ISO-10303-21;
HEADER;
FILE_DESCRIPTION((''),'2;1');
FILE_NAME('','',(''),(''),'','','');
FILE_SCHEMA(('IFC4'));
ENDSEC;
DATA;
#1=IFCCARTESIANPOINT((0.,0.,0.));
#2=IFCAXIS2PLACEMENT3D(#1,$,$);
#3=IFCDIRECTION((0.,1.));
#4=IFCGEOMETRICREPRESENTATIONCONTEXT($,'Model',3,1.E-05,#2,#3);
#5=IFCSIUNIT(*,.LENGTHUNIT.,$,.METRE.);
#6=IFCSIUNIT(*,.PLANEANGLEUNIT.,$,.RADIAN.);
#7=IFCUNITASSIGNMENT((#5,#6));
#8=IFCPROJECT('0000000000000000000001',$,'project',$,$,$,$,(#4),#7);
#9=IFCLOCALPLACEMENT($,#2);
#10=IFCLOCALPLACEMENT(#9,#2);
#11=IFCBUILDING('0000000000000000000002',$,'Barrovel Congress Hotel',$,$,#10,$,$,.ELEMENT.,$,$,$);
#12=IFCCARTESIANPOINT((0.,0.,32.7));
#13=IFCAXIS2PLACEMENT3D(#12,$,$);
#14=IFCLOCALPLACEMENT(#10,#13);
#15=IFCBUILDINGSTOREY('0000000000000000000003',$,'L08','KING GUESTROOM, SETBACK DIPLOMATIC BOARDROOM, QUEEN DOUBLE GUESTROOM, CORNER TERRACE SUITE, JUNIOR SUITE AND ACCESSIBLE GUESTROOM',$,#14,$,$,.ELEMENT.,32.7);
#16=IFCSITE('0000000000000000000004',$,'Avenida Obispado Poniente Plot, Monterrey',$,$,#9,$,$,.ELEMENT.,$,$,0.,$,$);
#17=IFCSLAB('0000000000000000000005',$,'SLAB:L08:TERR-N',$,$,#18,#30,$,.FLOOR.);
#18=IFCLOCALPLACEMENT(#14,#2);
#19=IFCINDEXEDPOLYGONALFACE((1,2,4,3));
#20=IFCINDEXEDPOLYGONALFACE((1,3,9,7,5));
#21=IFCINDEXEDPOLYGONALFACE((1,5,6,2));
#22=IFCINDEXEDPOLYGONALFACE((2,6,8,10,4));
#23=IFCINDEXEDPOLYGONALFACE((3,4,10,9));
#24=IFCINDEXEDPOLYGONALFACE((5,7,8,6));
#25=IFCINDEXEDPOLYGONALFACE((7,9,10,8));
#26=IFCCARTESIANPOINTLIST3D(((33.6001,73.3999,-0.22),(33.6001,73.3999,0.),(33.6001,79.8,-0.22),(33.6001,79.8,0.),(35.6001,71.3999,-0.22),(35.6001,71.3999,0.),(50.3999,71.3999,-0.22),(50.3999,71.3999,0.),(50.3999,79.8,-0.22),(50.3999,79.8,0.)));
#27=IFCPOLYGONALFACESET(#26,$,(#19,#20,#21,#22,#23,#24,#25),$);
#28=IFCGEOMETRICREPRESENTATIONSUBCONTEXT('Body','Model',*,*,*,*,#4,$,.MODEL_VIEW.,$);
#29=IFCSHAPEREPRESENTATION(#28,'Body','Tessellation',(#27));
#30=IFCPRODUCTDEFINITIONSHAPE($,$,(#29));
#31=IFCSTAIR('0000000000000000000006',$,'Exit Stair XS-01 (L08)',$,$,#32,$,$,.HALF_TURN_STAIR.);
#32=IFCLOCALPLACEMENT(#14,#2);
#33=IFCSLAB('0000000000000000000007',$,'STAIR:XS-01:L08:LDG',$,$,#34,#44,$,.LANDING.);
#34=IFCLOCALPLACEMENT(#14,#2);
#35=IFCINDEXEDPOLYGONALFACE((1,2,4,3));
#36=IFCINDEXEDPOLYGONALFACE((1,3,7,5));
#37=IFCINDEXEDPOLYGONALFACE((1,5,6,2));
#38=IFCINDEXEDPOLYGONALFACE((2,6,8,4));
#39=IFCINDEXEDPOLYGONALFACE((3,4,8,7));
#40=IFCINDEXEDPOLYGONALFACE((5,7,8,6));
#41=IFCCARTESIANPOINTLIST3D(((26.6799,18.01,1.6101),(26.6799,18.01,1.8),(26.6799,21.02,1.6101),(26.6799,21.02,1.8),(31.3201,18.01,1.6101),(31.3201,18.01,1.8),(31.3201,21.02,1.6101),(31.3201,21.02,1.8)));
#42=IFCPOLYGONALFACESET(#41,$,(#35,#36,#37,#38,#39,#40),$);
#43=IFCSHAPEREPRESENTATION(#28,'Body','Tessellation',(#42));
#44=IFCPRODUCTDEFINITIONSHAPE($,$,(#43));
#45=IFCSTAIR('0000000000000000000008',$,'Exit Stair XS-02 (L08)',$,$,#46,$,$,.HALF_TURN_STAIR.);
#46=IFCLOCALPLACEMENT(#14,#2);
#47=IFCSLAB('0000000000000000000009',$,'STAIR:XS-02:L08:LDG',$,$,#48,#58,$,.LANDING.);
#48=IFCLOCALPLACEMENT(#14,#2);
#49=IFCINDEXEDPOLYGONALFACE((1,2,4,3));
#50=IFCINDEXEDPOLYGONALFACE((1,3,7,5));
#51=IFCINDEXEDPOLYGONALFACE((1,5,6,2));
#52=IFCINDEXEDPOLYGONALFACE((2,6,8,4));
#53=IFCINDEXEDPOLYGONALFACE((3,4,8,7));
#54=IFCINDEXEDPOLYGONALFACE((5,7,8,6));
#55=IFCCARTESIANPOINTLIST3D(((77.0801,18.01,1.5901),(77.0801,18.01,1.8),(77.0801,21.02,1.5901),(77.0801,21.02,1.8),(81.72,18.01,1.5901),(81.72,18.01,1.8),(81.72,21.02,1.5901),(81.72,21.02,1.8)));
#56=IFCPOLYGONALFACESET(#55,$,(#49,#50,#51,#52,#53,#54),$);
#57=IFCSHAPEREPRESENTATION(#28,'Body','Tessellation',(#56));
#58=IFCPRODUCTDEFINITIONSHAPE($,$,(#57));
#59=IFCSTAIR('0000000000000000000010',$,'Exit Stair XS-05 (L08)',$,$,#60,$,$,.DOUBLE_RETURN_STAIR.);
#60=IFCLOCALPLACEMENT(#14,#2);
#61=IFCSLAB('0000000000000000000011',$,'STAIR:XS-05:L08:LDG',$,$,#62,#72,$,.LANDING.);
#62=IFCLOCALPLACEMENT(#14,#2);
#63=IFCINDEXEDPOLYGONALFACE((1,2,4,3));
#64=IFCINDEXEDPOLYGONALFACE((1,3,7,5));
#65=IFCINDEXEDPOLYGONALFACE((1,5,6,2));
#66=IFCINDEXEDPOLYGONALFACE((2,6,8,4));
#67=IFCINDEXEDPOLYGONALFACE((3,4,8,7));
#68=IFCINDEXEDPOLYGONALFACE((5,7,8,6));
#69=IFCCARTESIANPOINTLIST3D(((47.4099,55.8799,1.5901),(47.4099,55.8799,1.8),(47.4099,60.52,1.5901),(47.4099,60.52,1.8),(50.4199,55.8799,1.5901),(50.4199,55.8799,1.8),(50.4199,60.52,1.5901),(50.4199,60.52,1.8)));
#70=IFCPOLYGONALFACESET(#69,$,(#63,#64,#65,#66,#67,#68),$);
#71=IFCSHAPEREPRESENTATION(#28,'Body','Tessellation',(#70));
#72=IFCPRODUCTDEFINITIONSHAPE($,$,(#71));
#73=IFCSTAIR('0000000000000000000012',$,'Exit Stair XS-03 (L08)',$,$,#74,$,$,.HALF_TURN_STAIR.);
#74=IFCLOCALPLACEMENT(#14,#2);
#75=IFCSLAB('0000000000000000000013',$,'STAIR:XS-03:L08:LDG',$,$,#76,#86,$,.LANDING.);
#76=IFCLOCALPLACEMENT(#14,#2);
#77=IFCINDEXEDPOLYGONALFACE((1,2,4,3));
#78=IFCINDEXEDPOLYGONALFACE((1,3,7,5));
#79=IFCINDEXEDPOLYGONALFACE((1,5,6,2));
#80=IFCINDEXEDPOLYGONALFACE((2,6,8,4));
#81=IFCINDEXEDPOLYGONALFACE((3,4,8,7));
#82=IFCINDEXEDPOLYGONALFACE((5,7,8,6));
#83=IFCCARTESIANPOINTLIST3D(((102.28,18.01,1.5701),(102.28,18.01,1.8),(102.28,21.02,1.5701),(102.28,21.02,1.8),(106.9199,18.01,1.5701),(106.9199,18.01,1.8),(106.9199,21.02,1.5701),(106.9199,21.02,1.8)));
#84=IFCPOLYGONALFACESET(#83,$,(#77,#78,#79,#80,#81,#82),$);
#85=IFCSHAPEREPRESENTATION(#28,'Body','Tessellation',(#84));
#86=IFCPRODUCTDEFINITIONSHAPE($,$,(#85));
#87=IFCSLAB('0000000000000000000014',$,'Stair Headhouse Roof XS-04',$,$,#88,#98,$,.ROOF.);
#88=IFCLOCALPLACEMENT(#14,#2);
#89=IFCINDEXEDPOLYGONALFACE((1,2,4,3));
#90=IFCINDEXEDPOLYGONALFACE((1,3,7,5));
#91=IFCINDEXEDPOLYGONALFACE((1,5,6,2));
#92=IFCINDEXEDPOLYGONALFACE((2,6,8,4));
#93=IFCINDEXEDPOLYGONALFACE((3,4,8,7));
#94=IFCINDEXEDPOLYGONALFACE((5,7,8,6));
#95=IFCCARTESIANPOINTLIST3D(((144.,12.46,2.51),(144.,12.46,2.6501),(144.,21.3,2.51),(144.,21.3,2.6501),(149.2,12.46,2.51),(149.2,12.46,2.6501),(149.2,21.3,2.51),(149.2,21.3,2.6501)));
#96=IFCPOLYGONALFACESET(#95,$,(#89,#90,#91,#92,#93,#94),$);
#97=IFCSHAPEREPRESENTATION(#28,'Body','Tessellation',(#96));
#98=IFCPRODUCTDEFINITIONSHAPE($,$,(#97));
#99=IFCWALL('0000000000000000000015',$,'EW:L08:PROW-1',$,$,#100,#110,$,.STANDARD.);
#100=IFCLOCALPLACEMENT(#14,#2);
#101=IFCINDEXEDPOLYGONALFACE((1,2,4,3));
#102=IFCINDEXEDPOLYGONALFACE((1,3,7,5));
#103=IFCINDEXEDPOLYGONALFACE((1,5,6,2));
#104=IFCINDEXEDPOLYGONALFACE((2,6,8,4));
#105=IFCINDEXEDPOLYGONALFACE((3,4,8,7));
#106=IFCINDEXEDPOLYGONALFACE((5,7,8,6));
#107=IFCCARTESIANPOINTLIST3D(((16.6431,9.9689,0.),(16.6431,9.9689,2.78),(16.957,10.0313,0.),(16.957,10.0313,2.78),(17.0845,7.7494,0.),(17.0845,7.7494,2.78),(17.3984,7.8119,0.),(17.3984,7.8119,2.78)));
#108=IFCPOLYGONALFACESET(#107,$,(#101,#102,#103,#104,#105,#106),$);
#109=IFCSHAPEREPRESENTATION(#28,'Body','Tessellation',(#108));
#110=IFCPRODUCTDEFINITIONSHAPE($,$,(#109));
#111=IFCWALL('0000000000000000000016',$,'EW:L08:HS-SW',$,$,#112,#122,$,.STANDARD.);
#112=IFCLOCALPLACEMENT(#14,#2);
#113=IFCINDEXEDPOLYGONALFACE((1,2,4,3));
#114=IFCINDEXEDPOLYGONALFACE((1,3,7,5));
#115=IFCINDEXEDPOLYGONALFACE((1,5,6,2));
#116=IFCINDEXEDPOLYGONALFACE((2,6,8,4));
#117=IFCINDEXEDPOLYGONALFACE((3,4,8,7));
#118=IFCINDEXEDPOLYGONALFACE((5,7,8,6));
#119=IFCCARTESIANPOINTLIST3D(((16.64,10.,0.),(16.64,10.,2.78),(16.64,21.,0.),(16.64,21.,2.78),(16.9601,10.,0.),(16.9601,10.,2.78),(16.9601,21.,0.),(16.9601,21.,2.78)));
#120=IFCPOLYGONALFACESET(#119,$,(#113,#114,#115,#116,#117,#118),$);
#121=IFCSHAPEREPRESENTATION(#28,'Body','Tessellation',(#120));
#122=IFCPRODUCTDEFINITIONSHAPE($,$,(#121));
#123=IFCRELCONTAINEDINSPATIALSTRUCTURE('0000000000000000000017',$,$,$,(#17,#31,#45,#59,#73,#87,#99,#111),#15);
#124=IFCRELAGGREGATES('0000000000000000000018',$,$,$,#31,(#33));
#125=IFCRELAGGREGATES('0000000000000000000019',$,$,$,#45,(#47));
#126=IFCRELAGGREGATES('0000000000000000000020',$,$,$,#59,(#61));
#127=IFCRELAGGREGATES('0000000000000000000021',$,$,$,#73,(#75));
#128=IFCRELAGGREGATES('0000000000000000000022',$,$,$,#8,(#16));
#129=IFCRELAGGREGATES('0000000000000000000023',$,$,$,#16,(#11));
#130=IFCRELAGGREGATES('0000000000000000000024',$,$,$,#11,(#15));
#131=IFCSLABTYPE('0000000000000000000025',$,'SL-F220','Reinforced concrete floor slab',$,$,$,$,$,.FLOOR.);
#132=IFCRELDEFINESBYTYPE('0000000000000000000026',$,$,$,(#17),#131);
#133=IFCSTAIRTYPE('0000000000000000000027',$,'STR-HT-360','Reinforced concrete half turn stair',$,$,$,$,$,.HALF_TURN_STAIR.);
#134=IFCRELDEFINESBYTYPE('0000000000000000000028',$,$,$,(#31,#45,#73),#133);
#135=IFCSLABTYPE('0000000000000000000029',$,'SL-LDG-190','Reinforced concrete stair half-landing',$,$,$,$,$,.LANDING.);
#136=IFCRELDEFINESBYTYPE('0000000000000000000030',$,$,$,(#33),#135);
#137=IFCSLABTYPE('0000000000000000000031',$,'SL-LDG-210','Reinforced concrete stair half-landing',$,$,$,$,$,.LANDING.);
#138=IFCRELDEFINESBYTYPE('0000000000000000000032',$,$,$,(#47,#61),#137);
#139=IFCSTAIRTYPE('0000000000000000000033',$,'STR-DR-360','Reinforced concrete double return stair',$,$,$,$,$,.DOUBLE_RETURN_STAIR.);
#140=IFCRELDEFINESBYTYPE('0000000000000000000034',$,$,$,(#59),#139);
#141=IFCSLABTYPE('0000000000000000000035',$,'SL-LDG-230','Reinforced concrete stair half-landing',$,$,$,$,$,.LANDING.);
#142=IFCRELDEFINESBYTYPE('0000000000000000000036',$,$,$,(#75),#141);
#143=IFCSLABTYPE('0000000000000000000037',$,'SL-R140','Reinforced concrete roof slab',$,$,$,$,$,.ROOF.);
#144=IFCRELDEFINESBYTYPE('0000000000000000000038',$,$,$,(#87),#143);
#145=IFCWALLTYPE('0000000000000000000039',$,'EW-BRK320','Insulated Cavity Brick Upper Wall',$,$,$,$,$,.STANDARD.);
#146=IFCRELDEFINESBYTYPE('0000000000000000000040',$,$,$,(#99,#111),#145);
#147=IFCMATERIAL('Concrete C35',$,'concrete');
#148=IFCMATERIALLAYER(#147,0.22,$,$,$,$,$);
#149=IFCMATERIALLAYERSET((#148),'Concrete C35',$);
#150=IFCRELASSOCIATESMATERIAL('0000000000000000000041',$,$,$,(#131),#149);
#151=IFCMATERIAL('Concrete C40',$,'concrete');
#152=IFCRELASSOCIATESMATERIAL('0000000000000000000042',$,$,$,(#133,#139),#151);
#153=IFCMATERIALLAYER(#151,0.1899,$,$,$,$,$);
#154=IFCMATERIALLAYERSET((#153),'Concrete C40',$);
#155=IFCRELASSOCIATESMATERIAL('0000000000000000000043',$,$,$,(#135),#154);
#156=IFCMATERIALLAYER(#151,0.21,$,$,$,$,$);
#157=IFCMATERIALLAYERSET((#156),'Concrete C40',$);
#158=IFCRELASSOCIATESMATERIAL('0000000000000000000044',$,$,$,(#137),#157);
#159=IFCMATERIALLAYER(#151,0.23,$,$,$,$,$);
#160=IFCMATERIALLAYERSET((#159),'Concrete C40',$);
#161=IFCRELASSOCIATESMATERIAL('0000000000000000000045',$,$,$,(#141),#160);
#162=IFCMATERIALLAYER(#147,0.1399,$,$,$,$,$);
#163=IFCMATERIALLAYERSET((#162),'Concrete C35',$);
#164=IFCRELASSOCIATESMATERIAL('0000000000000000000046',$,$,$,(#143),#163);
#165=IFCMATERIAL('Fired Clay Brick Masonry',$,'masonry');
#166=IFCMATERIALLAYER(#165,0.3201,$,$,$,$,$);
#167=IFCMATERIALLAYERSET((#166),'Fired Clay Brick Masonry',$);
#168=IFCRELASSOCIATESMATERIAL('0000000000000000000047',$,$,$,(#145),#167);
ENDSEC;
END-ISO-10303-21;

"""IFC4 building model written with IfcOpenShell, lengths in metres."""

from ifc_helpers import new_model, si_unit, direction, frame, frame_2d, origin, place, context, subcontext, project, spatial, polyline, rectangle, outline, extrude, material, layer, layer_set, type_object, element, aggregate, save


model = new_model("IFC4")

# Units and contexts
model_context = context("Model", 3, precision=1e-05, world=origin(), true_north=direction((0.0, 1.0)))
body_context = subcontext(model_context, "Body", "Model", "MODEL_VIEW")
ifc_project = project(units=[si_unit("LENGTHUNIT", "METRE"), si_unit("PLANEANGLEUNIT", "RADIAN")], contexts=[model_context])

# Site, building, storey
site_placement = place(None, origin())
site = spatial("IfcSite", under=ifc_project, at=site_placement, Name="Avenida Obispado Poniente Plot, Monterrey", CompositionType="ELEMENT", RefElevation=0.0)
building_placement = place(site_placement, origin())
building = spatial("IfcBuilding", under=site, at=building_placement, Name="Barrovel Congress Hotel", CompositionType="ELEMENT")
storey_placement = place(building_placement, frame((0.0, 0.0, 32.7)))
storey = spatial("IfcBuildingStorey", under=building, at=storey_placement, Name="L08", Description="KING GUESTROOM, SETBACK DIPLOMATIC BOARDROOM, QUEEN DOUBLE GUESTROOM, CORNER TERRACE SUITE, JUNIOR SUITE AND ACCESSIBLE GUESTROOM", CompositionType="ELEMENT", Elevation=32.7)

# Shared definitions
ifc_material_1 = material(Name="Concrete C40", Category="concrete")

# Slab
ifc_material_2 = material(Name="Concrete C35", Category="concrete")
ifc_layer_1 = layer(ifc_material_2, 0.22)
ifc_layer_set_1 = layer_set([ifc_layer_1], Name="Concrete C35")
slab_type_1 = type_object("IfcSlabType", Name="SL-F220", Description="Reinforced concrete floor slab", PredefinedType="FLOOR", material=ifc_layer_set_1)
slab_1_placement = place(storey_placement, frame((0.0, 0.0, -0.22)))
element("IfcSlab", 1, at=slab_1_placement, inside=storey, type_object=slab_type_1, Name="SLAB:L08:TERR-N", PredefinedType="FLOOR", context=body_context, shape_type="SweptSolid", body=[
    extrude(outline(polyline([(35.6001, 71.3999), (50.3999, 71.3999), (50.3999, 79.8), (33.6001, 79.8), (33.6001, 73.3999), (35.6001, 71.3999)])), origin(), (0.0, 0.0, 1.0), 0.22),
])

# Stairs, slabs
stair_type_1 = type_object("IfcStairType", Name="STR-HT-360", Description="Reinforced concrete half turn stair", PredefinedType="HALF_TURN_STAIR", material=ifc_material_1)
stair_1_placement = place(storey_placement, origin())
stair_1 = element("IfcStair", 2, at=stair_1_placement, inside=storey, type_object=stair_type_1, Name="Exit Stair XS-01 (L08)", PredefinedType="HALF_TURN_STAIR")
ifc_layer_2 = layer(ifc_material_1, 0.1899)
ifc_layer_set_2 = layer_set([ifc_layer_2], Name="Concrete C40")
slab_type_2 = type_object("IfcSlabType", Name="SL-LDG-190", Description="Reinforced concrete stair half-landing", PredefinedType="LANDING", material=ifc_layer_set_2)
slab_2_placement = place(storey_placement, frame((0.0, 0.0, 1.6101)))
slab_2 = element("IfcSlab", 3, at=slab_2_placement, type_object=slab_type_2, Name="STAIR:XS-01:L08:LDG", PredefinedType="LANDING", context=body_context, shape_type="SweptSolid", body=[
    extrude(outline(polyline([(26.6799, 18.01), (31.3201, 18.01), (31.3201, 21.02), (26.6799, 21.02), (26.6799, 18.01)])), origin(), (0.0, 0.0, 1.0), 0.1899),
])
aggregate(stair_1, [slab_2])
stair_2_placement = place(storey_placement, origin())
stair_2 = element("IfcStair", 4, at=stair_2_placement, inside=storey, type_object=stair_type_1, Name="Exit Stair XS-02 (L08)", PredefinedType="HALF_TURN_STAIR")
ifc_layer_3 = layer(ifc_material_1, 0.21)
ifc_layer_set_3 = layer_set([ifc_layer_3], Name="Concrete C40")
slab_type_3 = type_object("IfcSlabType", Name="SL-LDG-210", Description="Reinforced concrete stair half-landing", PredefinedType="LANDING", material=ifc_layer_set_3)
slab_3_placement = place(storey_placement, frame((0.0, 0.0, 1.5901)))
slab_3 = element("IfcSlab", 5, at=slab_3_placement, type_object=slab_type_3, Name="STAIR:XS-02:L08:LDG", PredefinedType="LANDING", context=body_context, shape_type="SweptSolid", body=[
    extrude(outline(polyline([(77.0801, 18.01), (81.72, 18.01), (81.72, 21.02), (77.0801, 21.02), (77.0801, 18.01)])), origin(), (0.0, 0.0, 1.0), 0.21),
])
aggregate(stair_2, [slab_3])
stair_type_2 = type_object("IfcStairType", Name="STR-DR-360", Description="Reinforced concrete double return stair", PredefinedType="DOUBLE_RETURN_STAIR", material=ifc_material_1)
stair_3_placement = place(storey_placement, origin())
stair_3 = element("IfcStair", 6, at=stair_3_placement, inside=storey, type_object=stair_type_2, Name="Exit Stair XS-05 (L08)", PredefinedType="DOUBLE_RETURN_STAIR")
slab_4_placement = place(storey_placement, frame((0.0, 0.0, 1.5901)))
slab_4 = element("IfcSlab", 7, at=slab_4_placement, type_object=slab_type_3, Name="STAIR:XS-05:L08:LDG", PredefinedType="LANDING", context=body_context, shape_type="SweptSolid", body=[
    extrude(outline(polyline([(47.4099, 55.8799), (50.4199, 55.8799), (50.4199, 60.52), (47.4099, 60.52), (47.4099, 55.8799)])), origin(), (0.0, 0.0, 1.0), 0.21),
])
aggregate(stair_3, [slab_4])
stair_4_placement = place(storey_placement, origin())
stair_4 = element("IfcStair", 8, at=stair_4_placement, inside=storey, type_object=stair_type_1, Name="Exit Stair XS-03 (L08)", PredefinedType="HALF_TURN_STAIR")
ifc_layer_4 = layer(ifc_material_1, 0.23)
ifc_layer_set_4 = layer_set([ifc_layer_4], Name="Concrete C40")
slab_type_4 = type_object("IfcSlabType", Name="SL-LDG-230", Description="Reinforced concrete stair half-landing", PredefinedType="LANDING", material=ifc_layer_set_4)
slab_5_placement = place(storey_placement, frame((0.0, 0.0, 1.5701)))
slab_5 = element("IfcSlab", 9, at=slab_5_placement, type_object=slab_type_4, Name="STAIR:XS-03:L08:LDG", PredefinedType="LANDING", context=body_context, shape_type="SweptSolid", body=[
    extrude(outline(polyline([(102.28, 18.01), (106.9199, 18.01), (106.9199, 21.02), (102.28, 21.02), (102.28, 18.01)])), origin(), (0.0, 0.0, 1.0), 0.23),
])
aggregate(stair_4, [slab_5])

# Slab
ifc_layer_5 = layer(ifc_material_2, 0.1399)
ifc_layer_set_5 = layer_set([ifc_layer_5], Name="Concrete C35")
slab_type_5 = type_object("IfcSlabType", Name="SL-R140", Description="Reinforced concrete roof slab", PredefinedType="ROOF", material=ifc_layer_set_5)
slab_6_placement = place(storey_placement, frame((0.0, 0.0, 2.51)))
element("IfcSlab", 10, at=slab_6_placement, inside=storey, type_object=slab_type_5, Name="Stair Headhouse Roof XS-04", PredefinedType="ROOF", context=body_context, shape_type="SweptSolid", body=[
    extrude(outline(polyline([(144.0, 12.46), (149.2, 12.46), (149.2, 21.3), (144.0, 21.3), (144.0, 12.46)])), origin(), (0.0, 0.0, 1.0), 0.1401),
])

# Walls
ifc_material_3 = material(Name="Fired Clay Brick Masonry", Category="masonry")
ifc_layer_6 = layer(ifc_material_3, 0.3201)
ifc_layer_set_6 = layer_set([ifc_layer_6], Name="Fired Clay Brick Masonry")
wall_type = type_object("IfcWallType", Name="EW-BRK320", Description="Insulated Cavity Brick Upper Wall", PredefinedType="STANDARD", material=ifc_layer_set_6)
wall_1_placement = place(storey_placement, frame((16.8, 10.0, 0.0), z_axis=(0.0, 0.0, 1.0), x_axis=(0.195058, -0.980792, 0.0)))
element("IfcWall", 11, at=wall_1_placement, inside=storey, type_object=wall_type, Name="EW:L08:PROW-1", PredefinedType="STANDARD", context=body_context, shape_type="SweptSolid", body=[
    extrude(rectangle(XDim=2.2629, YDim=0.3201, at=frame_2d((1.1313, 0.0))), origin(), (0.0, 0.0, 1.0), 2.78),
])
wall_2_placement = place(storey_placement, frame((16.8, 21.0, 0.0), z_axis=(0.0, 0.0, 1.0), x_axis=(0.0, -1.0, 0.0)))
element("IfcWall", 12, at=wall_2_placement, inside=storey, type_object=wall_type, Name="EW:L08:HS-SW", PredefinedType="STANDARD", context=body_context, shape_type="SweptSolid", body=[
    extrude(rectangle(XDim=11.0, YDim=0.3201, at=frame_2d((5.5, 0.0))), origin(), (0.0, 0.0, 1.0), 2.78),
])

save(model, "model.ifc")
